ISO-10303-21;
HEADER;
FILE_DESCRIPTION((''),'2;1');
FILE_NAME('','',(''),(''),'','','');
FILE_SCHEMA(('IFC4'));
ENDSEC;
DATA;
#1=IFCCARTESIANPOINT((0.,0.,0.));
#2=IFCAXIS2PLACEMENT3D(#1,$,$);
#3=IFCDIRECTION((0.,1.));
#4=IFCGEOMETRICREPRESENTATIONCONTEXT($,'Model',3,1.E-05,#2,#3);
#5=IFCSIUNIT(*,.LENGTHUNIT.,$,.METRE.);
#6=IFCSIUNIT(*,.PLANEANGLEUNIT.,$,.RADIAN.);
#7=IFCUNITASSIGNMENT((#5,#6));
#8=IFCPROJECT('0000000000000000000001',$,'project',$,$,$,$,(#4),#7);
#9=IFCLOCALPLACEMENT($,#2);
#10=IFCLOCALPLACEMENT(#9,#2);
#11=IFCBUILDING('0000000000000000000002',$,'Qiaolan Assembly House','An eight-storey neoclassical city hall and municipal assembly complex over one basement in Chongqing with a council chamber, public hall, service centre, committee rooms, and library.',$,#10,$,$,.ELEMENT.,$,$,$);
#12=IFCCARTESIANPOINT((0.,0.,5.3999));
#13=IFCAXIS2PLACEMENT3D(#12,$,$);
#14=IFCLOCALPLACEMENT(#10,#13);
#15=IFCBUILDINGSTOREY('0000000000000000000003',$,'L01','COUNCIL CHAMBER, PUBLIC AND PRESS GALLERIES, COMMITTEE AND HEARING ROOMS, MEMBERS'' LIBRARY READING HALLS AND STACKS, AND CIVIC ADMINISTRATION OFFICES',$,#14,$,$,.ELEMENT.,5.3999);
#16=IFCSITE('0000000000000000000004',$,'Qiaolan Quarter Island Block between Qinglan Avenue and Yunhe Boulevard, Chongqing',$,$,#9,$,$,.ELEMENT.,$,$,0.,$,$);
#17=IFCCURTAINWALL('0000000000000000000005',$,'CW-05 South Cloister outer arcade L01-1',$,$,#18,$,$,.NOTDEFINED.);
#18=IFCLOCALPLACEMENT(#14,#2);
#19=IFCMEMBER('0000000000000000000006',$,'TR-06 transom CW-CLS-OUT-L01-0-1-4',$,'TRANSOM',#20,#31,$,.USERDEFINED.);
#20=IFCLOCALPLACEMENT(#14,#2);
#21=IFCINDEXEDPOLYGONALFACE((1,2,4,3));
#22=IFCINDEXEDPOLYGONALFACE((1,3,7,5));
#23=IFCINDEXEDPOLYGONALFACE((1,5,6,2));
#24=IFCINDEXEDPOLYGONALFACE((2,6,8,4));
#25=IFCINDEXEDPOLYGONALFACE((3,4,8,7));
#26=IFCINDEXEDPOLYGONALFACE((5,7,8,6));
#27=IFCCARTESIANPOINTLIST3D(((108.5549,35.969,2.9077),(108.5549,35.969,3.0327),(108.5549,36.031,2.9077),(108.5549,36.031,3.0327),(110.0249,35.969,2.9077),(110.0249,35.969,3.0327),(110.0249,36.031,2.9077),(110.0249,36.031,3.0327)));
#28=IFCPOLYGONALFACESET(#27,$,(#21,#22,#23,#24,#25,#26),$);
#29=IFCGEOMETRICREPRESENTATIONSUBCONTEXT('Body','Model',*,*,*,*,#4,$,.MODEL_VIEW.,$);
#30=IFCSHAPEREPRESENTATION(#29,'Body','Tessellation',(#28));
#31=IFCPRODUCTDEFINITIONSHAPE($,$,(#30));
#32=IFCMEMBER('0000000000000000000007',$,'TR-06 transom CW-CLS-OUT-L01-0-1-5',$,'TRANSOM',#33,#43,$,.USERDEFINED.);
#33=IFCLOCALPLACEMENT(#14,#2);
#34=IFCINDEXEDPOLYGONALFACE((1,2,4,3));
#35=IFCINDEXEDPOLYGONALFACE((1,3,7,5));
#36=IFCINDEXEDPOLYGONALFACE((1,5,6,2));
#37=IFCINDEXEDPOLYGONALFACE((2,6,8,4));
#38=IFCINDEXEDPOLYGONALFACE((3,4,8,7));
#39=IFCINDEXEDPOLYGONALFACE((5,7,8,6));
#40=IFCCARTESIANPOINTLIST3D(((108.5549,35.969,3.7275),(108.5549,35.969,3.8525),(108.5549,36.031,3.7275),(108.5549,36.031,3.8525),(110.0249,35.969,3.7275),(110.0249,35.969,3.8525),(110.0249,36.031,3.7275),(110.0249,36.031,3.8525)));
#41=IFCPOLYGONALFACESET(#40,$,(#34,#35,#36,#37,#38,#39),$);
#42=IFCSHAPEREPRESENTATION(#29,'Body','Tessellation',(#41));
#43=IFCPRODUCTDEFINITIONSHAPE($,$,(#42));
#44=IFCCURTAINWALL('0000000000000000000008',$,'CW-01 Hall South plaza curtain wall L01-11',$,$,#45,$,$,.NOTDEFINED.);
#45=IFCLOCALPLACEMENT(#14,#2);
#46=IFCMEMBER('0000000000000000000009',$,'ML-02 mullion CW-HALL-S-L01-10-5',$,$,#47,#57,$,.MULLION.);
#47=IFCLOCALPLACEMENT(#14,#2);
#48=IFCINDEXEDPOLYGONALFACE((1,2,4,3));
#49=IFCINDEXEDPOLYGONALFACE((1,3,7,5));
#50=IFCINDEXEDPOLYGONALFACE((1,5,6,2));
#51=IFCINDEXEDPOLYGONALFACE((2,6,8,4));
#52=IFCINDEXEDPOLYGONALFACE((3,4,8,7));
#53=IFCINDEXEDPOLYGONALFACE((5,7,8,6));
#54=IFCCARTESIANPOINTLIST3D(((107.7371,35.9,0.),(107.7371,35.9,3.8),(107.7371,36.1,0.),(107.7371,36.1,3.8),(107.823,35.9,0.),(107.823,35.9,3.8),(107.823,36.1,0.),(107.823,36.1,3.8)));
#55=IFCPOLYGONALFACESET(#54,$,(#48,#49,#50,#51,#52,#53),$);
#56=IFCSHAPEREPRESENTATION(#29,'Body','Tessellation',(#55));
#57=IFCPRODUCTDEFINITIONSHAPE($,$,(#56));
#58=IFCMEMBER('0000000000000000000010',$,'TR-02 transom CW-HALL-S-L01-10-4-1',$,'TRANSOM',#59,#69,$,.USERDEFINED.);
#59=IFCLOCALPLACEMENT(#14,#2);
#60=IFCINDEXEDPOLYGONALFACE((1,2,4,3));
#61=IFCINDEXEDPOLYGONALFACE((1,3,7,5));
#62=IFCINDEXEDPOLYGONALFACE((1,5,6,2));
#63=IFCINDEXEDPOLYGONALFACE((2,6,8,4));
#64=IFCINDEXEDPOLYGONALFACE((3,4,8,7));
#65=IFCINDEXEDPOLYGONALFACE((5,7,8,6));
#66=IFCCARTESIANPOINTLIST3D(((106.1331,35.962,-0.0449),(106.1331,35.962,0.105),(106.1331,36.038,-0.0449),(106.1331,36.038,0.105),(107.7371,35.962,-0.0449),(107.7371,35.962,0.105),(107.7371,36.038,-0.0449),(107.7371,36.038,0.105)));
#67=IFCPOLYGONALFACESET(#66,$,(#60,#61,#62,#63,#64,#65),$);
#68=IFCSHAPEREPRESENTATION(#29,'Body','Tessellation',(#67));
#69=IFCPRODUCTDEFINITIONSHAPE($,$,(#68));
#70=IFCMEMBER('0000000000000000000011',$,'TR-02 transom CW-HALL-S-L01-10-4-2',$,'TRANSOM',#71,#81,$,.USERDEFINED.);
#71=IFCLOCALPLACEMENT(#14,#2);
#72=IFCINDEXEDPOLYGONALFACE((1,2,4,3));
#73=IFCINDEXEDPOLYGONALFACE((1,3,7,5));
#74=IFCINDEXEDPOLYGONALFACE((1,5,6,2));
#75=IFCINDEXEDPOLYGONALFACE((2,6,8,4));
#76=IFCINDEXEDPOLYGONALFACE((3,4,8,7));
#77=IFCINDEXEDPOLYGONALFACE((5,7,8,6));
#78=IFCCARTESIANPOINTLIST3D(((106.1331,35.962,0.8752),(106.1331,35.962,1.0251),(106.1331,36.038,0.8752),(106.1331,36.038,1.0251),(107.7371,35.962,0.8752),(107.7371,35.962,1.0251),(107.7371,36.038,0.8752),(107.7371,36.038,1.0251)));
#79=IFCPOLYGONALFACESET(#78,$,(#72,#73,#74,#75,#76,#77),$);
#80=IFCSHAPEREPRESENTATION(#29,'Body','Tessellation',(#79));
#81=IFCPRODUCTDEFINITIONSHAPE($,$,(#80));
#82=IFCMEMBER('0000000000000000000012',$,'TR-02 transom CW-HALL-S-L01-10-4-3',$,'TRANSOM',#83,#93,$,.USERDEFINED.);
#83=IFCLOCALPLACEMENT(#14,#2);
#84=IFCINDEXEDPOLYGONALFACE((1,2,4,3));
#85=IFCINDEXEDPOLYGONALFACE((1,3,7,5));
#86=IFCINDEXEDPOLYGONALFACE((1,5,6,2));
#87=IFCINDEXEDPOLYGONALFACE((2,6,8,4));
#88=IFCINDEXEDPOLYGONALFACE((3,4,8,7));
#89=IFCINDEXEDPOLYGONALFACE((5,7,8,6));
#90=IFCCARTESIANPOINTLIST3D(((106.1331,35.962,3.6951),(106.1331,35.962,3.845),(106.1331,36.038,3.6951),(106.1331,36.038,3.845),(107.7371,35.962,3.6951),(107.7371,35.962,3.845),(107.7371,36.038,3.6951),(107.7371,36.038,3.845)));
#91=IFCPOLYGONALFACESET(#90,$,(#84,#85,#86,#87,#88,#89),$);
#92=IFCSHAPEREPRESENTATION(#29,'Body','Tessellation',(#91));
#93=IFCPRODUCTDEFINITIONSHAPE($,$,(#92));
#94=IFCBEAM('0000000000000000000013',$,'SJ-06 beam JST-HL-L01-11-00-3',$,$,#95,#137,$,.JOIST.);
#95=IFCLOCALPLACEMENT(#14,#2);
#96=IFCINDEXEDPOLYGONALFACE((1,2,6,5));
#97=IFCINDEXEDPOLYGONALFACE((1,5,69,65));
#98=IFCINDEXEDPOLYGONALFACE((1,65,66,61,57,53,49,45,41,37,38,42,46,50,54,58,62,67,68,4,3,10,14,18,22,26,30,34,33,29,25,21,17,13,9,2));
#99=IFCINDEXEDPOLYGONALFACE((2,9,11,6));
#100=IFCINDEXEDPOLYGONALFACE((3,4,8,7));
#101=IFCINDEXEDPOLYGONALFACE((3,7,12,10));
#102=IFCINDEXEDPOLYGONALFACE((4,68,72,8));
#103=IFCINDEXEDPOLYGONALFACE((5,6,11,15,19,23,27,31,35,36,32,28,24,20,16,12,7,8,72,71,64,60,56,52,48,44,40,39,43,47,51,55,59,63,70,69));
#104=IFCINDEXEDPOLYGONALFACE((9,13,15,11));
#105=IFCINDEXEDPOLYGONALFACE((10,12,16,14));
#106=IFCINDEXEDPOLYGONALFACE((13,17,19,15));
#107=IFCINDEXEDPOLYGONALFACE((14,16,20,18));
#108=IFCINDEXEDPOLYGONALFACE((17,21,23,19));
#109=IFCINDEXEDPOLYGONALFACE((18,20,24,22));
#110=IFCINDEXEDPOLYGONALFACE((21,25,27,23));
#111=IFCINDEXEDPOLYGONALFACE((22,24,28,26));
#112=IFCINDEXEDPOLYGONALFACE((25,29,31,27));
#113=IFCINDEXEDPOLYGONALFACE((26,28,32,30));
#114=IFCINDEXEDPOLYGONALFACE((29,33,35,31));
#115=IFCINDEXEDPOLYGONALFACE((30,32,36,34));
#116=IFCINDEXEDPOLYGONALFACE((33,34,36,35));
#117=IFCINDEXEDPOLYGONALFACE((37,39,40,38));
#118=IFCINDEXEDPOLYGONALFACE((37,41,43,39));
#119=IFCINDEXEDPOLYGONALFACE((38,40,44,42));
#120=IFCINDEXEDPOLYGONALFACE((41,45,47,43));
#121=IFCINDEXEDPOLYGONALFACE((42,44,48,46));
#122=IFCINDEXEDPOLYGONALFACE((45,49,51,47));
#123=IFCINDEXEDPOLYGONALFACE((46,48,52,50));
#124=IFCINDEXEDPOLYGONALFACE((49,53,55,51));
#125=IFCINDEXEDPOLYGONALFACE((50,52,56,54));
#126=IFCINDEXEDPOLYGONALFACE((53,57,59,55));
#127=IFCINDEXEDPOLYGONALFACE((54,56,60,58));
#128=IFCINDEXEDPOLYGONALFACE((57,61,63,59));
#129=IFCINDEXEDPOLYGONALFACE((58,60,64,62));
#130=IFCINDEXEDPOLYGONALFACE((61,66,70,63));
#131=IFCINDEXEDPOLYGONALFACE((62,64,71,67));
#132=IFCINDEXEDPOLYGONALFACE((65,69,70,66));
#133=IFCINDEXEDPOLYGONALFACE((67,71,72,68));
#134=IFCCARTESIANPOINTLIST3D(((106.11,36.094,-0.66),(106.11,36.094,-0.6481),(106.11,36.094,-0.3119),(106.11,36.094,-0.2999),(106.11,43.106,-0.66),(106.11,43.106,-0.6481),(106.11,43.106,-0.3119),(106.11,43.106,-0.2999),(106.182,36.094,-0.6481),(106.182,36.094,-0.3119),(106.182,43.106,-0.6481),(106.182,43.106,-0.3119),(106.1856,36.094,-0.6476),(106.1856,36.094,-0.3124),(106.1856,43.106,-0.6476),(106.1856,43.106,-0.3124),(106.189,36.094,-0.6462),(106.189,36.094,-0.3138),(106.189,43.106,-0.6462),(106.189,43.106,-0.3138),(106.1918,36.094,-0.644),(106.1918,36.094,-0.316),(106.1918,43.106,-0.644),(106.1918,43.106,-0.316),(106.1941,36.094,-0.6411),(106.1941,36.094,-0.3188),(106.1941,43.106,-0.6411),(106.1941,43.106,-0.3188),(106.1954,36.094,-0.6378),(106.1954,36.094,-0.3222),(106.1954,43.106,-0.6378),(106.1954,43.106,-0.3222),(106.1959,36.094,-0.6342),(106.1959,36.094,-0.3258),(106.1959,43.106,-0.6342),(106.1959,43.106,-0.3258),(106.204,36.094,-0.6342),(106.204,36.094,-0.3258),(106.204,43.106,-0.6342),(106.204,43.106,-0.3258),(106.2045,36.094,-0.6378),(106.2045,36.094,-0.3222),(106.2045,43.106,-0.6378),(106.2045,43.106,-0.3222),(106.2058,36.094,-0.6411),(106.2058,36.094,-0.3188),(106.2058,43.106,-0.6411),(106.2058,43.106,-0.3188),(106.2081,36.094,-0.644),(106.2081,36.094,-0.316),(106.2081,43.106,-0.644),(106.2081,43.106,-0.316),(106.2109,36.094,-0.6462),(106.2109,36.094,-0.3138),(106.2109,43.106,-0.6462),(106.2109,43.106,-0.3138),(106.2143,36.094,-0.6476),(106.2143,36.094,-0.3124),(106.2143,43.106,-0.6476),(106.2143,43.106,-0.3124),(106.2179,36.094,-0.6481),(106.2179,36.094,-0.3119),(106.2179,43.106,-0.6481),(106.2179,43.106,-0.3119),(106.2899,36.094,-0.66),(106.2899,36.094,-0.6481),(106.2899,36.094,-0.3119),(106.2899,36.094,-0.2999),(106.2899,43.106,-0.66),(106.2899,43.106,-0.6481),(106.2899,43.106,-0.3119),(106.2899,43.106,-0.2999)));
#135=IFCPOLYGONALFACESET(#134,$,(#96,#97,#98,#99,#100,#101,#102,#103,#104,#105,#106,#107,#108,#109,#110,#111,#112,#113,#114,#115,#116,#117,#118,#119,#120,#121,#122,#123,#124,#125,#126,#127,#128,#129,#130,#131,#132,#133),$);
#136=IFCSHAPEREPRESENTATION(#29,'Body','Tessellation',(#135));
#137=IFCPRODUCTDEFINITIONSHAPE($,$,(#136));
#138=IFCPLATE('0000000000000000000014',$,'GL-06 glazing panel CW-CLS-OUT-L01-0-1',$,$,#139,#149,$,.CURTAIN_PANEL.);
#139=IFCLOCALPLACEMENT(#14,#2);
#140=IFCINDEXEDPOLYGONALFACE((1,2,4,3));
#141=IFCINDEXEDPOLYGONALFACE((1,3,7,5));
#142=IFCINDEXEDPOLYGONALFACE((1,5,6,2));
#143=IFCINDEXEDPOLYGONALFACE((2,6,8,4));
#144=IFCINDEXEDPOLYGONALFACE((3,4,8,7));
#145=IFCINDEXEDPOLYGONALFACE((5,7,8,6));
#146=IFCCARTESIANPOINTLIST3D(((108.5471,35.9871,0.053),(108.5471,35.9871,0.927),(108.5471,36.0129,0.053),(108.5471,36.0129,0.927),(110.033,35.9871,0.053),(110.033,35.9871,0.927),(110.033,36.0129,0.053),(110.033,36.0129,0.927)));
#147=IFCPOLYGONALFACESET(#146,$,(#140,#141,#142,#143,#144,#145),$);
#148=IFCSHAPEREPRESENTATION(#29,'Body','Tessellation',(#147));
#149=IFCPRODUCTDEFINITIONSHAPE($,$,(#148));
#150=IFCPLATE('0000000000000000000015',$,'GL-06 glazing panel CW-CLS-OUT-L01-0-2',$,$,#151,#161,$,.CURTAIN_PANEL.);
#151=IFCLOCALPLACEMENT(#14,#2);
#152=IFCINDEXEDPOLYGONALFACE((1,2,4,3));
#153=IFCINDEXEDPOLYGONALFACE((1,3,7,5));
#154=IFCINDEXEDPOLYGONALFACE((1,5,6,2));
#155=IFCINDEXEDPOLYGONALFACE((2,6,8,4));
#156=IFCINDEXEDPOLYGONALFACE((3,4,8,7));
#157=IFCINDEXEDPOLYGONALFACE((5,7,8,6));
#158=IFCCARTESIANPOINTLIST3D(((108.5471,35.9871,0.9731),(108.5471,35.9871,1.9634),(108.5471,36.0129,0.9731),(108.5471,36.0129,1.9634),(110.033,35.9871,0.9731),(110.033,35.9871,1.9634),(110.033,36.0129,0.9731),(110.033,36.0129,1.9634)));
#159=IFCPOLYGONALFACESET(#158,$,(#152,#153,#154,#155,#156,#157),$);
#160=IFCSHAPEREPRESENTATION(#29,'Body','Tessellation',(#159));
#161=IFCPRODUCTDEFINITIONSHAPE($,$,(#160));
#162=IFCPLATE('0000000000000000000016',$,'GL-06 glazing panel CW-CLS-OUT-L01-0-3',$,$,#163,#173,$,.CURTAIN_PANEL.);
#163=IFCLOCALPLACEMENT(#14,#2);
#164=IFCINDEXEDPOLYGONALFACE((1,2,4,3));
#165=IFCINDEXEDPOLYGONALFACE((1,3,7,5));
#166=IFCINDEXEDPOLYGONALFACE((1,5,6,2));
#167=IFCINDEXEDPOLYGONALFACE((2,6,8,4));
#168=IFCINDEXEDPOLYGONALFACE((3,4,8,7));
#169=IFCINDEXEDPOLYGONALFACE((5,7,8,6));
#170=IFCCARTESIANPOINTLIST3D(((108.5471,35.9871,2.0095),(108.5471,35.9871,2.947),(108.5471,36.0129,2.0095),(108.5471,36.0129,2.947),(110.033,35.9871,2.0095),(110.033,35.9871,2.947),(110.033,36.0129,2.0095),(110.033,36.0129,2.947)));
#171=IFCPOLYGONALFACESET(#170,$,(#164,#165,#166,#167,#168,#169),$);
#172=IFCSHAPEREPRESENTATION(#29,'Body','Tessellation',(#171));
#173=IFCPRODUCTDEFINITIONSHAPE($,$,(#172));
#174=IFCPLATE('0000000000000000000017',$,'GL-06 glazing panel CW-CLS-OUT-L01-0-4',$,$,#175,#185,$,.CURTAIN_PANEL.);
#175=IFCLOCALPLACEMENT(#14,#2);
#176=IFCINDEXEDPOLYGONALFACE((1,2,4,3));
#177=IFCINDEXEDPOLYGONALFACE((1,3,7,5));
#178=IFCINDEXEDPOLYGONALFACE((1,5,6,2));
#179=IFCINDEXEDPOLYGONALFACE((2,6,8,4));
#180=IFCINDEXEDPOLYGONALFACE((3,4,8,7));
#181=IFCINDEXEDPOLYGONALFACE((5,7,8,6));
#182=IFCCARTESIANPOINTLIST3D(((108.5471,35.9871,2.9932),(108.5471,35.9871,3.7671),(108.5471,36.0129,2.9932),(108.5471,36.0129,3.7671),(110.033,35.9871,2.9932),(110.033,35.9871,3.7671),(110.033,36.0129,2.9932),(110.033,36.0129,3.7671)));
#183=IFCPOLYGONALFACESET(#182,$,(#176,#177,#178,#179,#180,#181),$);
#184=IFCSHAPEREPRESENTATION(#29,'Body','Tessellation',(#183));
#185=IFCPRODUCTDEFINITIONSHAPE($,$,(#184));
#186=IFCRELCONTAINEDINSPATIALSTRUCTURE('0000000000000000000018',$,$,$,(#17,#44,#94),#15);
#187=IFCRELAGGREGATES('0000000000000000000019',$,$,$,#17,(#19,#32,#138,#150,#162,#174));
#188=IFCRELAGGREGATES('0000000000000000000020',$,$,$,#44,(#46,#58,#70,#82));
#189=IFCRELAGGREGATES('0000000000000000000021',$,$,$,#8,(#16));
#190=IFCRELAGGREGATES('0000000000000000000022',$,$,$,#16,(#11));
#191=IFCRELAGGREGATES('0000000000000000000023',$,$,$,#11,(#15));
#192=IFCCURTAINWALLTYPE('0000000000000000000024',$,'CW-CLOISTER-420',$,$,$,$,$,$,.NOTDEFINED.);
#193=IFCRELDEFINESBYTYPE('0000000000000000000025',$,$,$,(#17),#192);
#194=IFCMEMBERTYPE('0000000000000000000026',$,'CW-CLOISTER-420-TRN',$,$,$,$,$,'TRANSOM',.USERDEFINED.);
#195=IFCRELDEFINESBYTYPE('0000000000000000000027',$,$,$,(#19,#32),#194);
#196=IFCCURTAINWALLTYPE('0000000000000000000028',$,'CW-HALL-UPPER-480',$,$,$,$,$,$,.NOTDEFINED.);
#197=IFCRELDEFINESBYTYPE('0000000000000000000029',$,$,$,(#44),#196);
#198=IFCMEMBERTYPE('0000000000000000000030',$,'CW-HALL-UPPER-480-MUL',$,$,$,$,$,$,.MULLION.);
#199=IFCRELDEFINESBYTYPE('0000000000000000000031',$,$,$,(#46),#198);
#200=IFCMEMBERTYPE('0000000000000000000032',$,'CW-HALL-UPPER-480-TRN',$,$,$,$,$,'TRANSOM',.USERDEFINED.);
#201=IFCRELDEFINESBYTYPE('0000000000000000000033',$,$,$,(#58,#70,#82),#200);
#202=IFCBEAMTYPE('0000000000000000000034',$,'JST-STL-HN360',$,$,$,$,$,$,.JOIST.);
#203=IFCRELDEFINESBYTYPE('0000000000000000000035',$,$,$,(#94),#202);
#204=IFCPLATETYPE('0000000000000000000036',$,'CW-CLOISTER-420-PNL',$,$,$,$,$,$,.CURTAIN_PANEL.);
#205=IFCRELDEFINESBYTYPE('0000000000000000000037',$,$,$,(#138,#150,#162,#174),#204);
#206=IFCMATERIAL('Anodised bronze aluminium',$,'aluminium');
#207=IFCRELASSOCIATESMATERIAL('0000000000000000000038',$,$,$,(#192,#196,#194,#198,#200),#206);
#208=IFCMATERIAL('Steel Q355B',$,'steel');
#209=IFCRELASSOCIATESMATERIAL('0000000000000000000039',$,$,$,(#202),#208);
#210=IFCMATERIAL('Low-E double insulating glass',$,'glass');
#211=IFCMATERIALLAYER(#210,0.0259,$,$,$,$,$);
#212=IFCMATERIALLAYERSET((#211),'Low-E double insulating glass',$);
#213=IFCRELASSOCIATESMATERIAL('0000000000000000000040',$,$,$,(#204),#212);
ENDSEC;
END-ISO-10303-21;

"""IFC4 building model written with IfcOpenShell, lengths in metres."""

from ifc_helpers import new_model, si_unit, direction, frame, frame_2d, origin, origin_2d, place, context, subcontext, project, spatial, rectangle, i_section, extrude, material, layer, layer_set, material_profile, profile_set, type_object, element, aggregate, save


model = new_model("IFC4")

# Units and contexts
model_context = context("Model", 3, precision=1e-05, world=origin(), true_north=direction((0.0, 1.0)))
body_context = subcontext(model_context, "Body", "Model", "MODEL_VIEW")
ifc_project = project(units=[si_unit("LENGTHUNIT", "METRE"), si_unit("PLANEANGLEUNIT", "RADIAN")], contexts=[model_context])

# Site, building, storey
site_placement = place(None, origin())
site = spatial("IfcSite", under=ifc_project, at=site_placement, Name="Qiaolan Quarter Island Block between Qinglan Avenue and Yunhe Boulevard, Chongqing", CompositionType="ELEMENT", RefElevation=0.0)
building_placement = place(site_placement, origin())
building = spatial("IfcBuilding", under=site, at=building_placement, Name="Qiaolan Assembly House", Description="An eight-storey neoclassical city hall and municipal assembly complex over one basement in Chongqing with a council chamber, public hall, service centre, committee rooms, and library.", CompositionType="ELEMENT")
storey_placement = place(building_placement, frame((0.0, 0.0, 5.3999)))
storey = spatial("IfcBuildingStorey", under=building, at=storey_placement, Name="L01", Description="COUNCIL CHAMBER, PUBLIC AND PRESS GALLERIES, COMMITTEE AND HEARING ROOMS, MEMBERS' LIBRARY READING HALLS AND STACKS, AND CIVIC ADMINISTRATION OFFICES", CompositionType="ELEMENT", Elevation=5.3999)

# Shared definitions
ifc_material_1 = material(Name="Steel Q355B", Category="steel")

# Curtain walls, members
ifc_material_2 = material(Name="Anodised bronze aluminium", Category="aluminium")
curtain_wall_type_1 = type_object("IfcCurtainWallType", Name="CW-CLOISTER-420", PredefinedType="NOTDEFINED", material=ifc_material_2)
curtain_wall_1_placement = place(storey_placement, origin())
curtain_wall_1 = element("IfcCurtainWall", 1, at=curtain_wall_1_placement, inside=storey, type_object=curtain_wall_type_1, Name="CW-05 South Cloister outer arcade L01-1", PredefinedType="NOTDEFINED")
ifc_material_profile_1 = material_profile(ifc_material_2, rectangle(XDim=0.062, YDim=0.125, at=origin_2d()), Name="TRN 62x125")
ifc_profile_set_1 = profile_set([ifc_material_profile_1], Name="Anodised bronze aluminium")
member_type_1 = type_object("IfcMemberType", Name="CW-CLOISTER-420-TRN", ElementType="TRANSOM", PredefinedType="USERDEFINED", material=ifc_profile_set_1)
member_1_placement = place(storey_placement, frame((108.5549, 36.0, 2.9702), z_axis=(1.0, 0.0, 0.0), x_axis=(0.0, 1.0, 0.0)))
member_1 = element("IfcMember", 2, at=member_1_placement, type_object=member_type_1, Name="TR-06 transom CW-CLS-OUT-L01-0-1-4", ObjectType="TRANSOM", PredefinedType="USERDEFINED", context=body_context, shape_type="SweptSolid", body=[
    extrude(rectangle(XDim=0.062, YDim=0.125, at=origin_2d()), origin(), (0.0, 0.0, 1.0), 1.47),
])
member_2_placement = place(storey_placement, frame((108.5549, 36.0, 3.79), z_axis=(1.0, 0.0, 0.0), x_axis=(0.0, 1.0, 0.0)))
member_2 = element("IfcMember", 3, at=member_2_placement, type_object=member_type_1, Name="TR-06 transom CW-CLS-OUT-L01-0-1-5", ObjectType="TRANSOM", PredefinedType="USERDEFINED", context=body_context, shape_type="SweptSolid", body=[
    extrude(rectangle(XDim=0.062, YDim=0.125, at=origin_2d()), origin(), (0.0, 0.0, 1.0), 1.47),
])
curtain_wall_type_2 = type_object("IfcCurtainWallType", Name="CW-HALL-UPPER-480", PredefinedType="NOTDEFINED", material=ifc_material_2)
curtain_wall_2_placement = place(storey_placement, origin())
curtain_wall_2 = element("IfcCurtainWall", 4, at=curtain_wall_2_placement, inside=storey, type_object=curtain_wall_type_2, Name="CW-01 Hall South plaza curtain wall L01-11", PredefinedType="NOTDEFINED")
ifc_material_profile_2 = material_profile(ifc_material_2, rectangle(XDim=0.0859, YDim=0.2, at=origin_2d()), Name="MUL 86x200")
ifc_profile_set_2 = profile_set([ifc_material_profile_2], Name="Anodised bronze aluminium")
member_type_2 = type_object("IfcMemberType", Name="CW-HALL-UPPER-480-MUL", PredefinedType="MULLION", material=ifc_profile_set_2)
member_3_placement = place(storey_placement, frame((107.78, 36.0, 0.0), z_axis=(0.0, 0.0, 1.0), x_axis=(1.0, 0.0, 0.0)))
member_3 = element("IfcMember", 5, at=member_3_placement, type_object=member_type_2, Name="ML-02 mullion CW-HALL-S-L01-10-5", PredefinedType="MULLION", context=body_context, shape_type="SweptSolid", body=[
    extrude(rectangle(XDim=0.0859, YDim=0.2, at=origin_2d()), origin(), (0.0, 0.0, 1.0), 3.8),
])
ifc_material_profile_3 = material_profile(ifc_material_2, rectangle(XDim=0.0759, YDim=0.1499, at=origin_2d()), Name="TRN 76x150")
ifc_profile_set_3 = profile_set([ifc_material_profile_3], Name="Anodised bronze aluminium")
member_type_3 = type_object("IfcMemberType", Name="CW-HALL-UPPER-480-TRN", ElementType="TRANSOM", PredefinedType="USERDEFINED", material=ifc_profile_set_3)
member_4_placement = place(storey_placement, frame((106.1331, 36.0, 0.03), z_axis=(1.0, 0.0, 0.0), x_axis=(0.0, 1.0, 0.0)))
member_4 = element("IfcMember", 6, at=member_4_placement, type_object=member_type_3, Name="TR-02 transom CW-HALL-S-L01-10-4-1", ObjectType="TRANSOM", PredefinedType="USERDEFINED", context=body_context, shape_type="SweptSolid", body=[
    extrude(rectangle(XDim=0.0759, YDim=0.1499, at=origin_2d()), origin(), (0.0, 0.0, 1.0), 1.604),
])
member_5_placement = place(storey_placement, frame((106.1331, 36.0, 0.9502), z_axis=(1.0, 0.0, 0.0), x_axis=(0.0, 1.0, 0.0)))
member_5 = element("IfcMember", 7, at=member_5_placement, type_object=member_type_3, Name="TR-02 transom CW-HALL-S-L01-10-4-2", ObjectType="TRANSOM", PredefinedType="USERDEFINED", context=body_context, shape_type="SweptSolid", body=[
    extrude(rectangle(XDim=0.0759, YDim=0.1499, at=origin_2d()), origin(), (0.0, 0.0, 1.0), 1.604),
])
member_6_placement = place(storey_placement, frame((106.1331, 36.0, 3.77), z_axis=(1.0, 0.0, 0.0), x_axis=(0.0, 1.0, 0.0)))
member_6 = element("IfcMember", 8, at=member_6_placement, type_object=member_type_3, Name="TR-02 transom CW-HALL-S-L01-10-4-3", ObjectType="TRANSOM", PredefinedType="USERDEFINED", context=body_context, shape_type="SweptSolid", body=[
    extrude(rectangle(XDim=0.0759, YDim=0.1499, at=origin_2d()), origin(), (0.0, 0.0, 1.0), 1.604),
])

# Beam
ifc_material_profile_4 = material_profile(ifc_material_1, i_section(OverallWidth=0.1799, OverallDepth=0.3601, WebThickness=0.0081, FlangeThickness=0.012, FilletRadius=0.0139, at=origin_2d()), Name="HN 360x180x8x12")
ifc_profile_set_4 = profile_set([ifc_material_profile_4], Name="Steel Q355B")
beam_type_1 = type_object("IfcBeamType", Name="JST-STL-HN360", PredefinedType="JOIST", material=ifc_profile_set_4)
beam_1_placement = place(storey_placement, frame((106.2, 36.094, -0.48), z_axis=(0.0, 1.0, 0.0), x_axis=(-1.0, 0.0, 0.0)))
element("IfcBeam", 9, at=beam_1_placement, inside=storey, type_object=beam_type_1, Name="SJ-06 beam JST-HL-L01-11-00-3", PredefinedType="JOIST", context=body_context, shape_type="SweptSolid", body=[
    extrude(i_section(OverallWidth=0.1799, OverallDepth=0.3601, WebThickness=0.0081, FlangeThickness=0.012, FilletRadius=0.0139, at=origin_2d()), origin(), (0.0, 0.0, 1.0), 7.012),
])

# Plates
ifc_material_3 = material(Name="Low-E double insulating glass", Category="glass")
ifc_layer_1 = layer(ifc_material_3, 0.0259)
ifc_layer_set_1 = layer_set([ifc_layer_1], Name="Low-E double insulating glass")
plate_type_1 = type_object("IfcPlateType", Name="CW-CLOISTER-420-PNL", PredefinedType="CURTAIN_PANEL", material=ifc_layer_set_1)
plate_1_placement = place(storey_placement, frame((108.5471, 36.0, 0.053), z_axis=(0.0, 0.0, 1.0), x_axis=(1.0, 0.0, 0.0)))
plate_1 = element("IfcPlate", 10, at=plate_1_placement, type_object=plate_type_1, Name="GL-06 glazing panel CW-CLS-OUT-L01-0-1", PredefinedType="CURTAIN_PANEL", context=body_context, shape_type="SweptSolid", body=[
    extrude(rectangle(XDim=1.4858, YDim=0.0259, at=frame_2d((0.7429, 0.0))), origin(), (0.0, 0.0, 1.0), 0.874),
])
plate_2_placement = place(storey_placement, frame((108.5471, 36.0, 0.9731), z_axis=(0.0, 0.0, 1.0), x_axis=(1.0, 0.0, 0.0)))
plate_2 = element("IfcPlate", 11, at=plate_2_placement, type_object=plate_type_1, Name="GL-06 glazing panel CW-CLS-OUT-L01-0-2", PredefinedType="CURTAIN_PANEL", context=body_context, shape_type="SweptSolid", body=[
    extrude(rectangle(XDim=1.4858, YDim=0.0259, at=frame_2d((0.7429, 0.0))), origin(), (0.0, 0.0, 1.0), 0.9902),
])
plate_3_placement = place(storey_placement, frame((108.5471, 36.0, 2.0095), z_axis=(0.0, 0.0, 1.0), x_axis=(1.0, 0.0, 0.0)))
plate_3 = element("IfcPlate", 12, at=plate_3_placement, type_object=plate_type_1, Name="GL-06 glazing panel CW-CLS-OUT-L01-0-3", PredefinedType="CURTAIN_PANEL", context=body_context, shape_type="SweptSolid", body=[
    extrude(rectangle(XDim=1.4858, YDim=0.0259, at=frame_2d((0.7429, 0.0))), origin(), (0.0, 0.0, 1.0), 0.9375),
])
plate_4_placement = place(storey_placement, frame((108.5471, 36.0, 2.9932), z_axis=(0.0, 0.0, 1.0), x_axis=(1.0, 0.0, 0.0)))
plate_4 = element("IfcPlate", 13, at=plate_4_placement, type_object=plate_type_1, Name="GL-06 glazing panel CW-CLS-OUT-L01-0-4", PredefinedType="CURTAIN_PANEL", context=body_context, shape_type="SweptSolid", body=[
    extrude(rectangle(XDim=1.4858, YDim=0.0259, at=frame_2d((0.7429, 0.0))), origin(), (0.0, 0.0, 1.0), 0.7739),
])
aggregate(curtain_wall_1, [member_1, member_2, plate_1, plate_2, plate_3, plate_4])
aggregate(curtain_wall_2, [member_3, member_4, member_5, member_6])

save(model, "model.ifc")
